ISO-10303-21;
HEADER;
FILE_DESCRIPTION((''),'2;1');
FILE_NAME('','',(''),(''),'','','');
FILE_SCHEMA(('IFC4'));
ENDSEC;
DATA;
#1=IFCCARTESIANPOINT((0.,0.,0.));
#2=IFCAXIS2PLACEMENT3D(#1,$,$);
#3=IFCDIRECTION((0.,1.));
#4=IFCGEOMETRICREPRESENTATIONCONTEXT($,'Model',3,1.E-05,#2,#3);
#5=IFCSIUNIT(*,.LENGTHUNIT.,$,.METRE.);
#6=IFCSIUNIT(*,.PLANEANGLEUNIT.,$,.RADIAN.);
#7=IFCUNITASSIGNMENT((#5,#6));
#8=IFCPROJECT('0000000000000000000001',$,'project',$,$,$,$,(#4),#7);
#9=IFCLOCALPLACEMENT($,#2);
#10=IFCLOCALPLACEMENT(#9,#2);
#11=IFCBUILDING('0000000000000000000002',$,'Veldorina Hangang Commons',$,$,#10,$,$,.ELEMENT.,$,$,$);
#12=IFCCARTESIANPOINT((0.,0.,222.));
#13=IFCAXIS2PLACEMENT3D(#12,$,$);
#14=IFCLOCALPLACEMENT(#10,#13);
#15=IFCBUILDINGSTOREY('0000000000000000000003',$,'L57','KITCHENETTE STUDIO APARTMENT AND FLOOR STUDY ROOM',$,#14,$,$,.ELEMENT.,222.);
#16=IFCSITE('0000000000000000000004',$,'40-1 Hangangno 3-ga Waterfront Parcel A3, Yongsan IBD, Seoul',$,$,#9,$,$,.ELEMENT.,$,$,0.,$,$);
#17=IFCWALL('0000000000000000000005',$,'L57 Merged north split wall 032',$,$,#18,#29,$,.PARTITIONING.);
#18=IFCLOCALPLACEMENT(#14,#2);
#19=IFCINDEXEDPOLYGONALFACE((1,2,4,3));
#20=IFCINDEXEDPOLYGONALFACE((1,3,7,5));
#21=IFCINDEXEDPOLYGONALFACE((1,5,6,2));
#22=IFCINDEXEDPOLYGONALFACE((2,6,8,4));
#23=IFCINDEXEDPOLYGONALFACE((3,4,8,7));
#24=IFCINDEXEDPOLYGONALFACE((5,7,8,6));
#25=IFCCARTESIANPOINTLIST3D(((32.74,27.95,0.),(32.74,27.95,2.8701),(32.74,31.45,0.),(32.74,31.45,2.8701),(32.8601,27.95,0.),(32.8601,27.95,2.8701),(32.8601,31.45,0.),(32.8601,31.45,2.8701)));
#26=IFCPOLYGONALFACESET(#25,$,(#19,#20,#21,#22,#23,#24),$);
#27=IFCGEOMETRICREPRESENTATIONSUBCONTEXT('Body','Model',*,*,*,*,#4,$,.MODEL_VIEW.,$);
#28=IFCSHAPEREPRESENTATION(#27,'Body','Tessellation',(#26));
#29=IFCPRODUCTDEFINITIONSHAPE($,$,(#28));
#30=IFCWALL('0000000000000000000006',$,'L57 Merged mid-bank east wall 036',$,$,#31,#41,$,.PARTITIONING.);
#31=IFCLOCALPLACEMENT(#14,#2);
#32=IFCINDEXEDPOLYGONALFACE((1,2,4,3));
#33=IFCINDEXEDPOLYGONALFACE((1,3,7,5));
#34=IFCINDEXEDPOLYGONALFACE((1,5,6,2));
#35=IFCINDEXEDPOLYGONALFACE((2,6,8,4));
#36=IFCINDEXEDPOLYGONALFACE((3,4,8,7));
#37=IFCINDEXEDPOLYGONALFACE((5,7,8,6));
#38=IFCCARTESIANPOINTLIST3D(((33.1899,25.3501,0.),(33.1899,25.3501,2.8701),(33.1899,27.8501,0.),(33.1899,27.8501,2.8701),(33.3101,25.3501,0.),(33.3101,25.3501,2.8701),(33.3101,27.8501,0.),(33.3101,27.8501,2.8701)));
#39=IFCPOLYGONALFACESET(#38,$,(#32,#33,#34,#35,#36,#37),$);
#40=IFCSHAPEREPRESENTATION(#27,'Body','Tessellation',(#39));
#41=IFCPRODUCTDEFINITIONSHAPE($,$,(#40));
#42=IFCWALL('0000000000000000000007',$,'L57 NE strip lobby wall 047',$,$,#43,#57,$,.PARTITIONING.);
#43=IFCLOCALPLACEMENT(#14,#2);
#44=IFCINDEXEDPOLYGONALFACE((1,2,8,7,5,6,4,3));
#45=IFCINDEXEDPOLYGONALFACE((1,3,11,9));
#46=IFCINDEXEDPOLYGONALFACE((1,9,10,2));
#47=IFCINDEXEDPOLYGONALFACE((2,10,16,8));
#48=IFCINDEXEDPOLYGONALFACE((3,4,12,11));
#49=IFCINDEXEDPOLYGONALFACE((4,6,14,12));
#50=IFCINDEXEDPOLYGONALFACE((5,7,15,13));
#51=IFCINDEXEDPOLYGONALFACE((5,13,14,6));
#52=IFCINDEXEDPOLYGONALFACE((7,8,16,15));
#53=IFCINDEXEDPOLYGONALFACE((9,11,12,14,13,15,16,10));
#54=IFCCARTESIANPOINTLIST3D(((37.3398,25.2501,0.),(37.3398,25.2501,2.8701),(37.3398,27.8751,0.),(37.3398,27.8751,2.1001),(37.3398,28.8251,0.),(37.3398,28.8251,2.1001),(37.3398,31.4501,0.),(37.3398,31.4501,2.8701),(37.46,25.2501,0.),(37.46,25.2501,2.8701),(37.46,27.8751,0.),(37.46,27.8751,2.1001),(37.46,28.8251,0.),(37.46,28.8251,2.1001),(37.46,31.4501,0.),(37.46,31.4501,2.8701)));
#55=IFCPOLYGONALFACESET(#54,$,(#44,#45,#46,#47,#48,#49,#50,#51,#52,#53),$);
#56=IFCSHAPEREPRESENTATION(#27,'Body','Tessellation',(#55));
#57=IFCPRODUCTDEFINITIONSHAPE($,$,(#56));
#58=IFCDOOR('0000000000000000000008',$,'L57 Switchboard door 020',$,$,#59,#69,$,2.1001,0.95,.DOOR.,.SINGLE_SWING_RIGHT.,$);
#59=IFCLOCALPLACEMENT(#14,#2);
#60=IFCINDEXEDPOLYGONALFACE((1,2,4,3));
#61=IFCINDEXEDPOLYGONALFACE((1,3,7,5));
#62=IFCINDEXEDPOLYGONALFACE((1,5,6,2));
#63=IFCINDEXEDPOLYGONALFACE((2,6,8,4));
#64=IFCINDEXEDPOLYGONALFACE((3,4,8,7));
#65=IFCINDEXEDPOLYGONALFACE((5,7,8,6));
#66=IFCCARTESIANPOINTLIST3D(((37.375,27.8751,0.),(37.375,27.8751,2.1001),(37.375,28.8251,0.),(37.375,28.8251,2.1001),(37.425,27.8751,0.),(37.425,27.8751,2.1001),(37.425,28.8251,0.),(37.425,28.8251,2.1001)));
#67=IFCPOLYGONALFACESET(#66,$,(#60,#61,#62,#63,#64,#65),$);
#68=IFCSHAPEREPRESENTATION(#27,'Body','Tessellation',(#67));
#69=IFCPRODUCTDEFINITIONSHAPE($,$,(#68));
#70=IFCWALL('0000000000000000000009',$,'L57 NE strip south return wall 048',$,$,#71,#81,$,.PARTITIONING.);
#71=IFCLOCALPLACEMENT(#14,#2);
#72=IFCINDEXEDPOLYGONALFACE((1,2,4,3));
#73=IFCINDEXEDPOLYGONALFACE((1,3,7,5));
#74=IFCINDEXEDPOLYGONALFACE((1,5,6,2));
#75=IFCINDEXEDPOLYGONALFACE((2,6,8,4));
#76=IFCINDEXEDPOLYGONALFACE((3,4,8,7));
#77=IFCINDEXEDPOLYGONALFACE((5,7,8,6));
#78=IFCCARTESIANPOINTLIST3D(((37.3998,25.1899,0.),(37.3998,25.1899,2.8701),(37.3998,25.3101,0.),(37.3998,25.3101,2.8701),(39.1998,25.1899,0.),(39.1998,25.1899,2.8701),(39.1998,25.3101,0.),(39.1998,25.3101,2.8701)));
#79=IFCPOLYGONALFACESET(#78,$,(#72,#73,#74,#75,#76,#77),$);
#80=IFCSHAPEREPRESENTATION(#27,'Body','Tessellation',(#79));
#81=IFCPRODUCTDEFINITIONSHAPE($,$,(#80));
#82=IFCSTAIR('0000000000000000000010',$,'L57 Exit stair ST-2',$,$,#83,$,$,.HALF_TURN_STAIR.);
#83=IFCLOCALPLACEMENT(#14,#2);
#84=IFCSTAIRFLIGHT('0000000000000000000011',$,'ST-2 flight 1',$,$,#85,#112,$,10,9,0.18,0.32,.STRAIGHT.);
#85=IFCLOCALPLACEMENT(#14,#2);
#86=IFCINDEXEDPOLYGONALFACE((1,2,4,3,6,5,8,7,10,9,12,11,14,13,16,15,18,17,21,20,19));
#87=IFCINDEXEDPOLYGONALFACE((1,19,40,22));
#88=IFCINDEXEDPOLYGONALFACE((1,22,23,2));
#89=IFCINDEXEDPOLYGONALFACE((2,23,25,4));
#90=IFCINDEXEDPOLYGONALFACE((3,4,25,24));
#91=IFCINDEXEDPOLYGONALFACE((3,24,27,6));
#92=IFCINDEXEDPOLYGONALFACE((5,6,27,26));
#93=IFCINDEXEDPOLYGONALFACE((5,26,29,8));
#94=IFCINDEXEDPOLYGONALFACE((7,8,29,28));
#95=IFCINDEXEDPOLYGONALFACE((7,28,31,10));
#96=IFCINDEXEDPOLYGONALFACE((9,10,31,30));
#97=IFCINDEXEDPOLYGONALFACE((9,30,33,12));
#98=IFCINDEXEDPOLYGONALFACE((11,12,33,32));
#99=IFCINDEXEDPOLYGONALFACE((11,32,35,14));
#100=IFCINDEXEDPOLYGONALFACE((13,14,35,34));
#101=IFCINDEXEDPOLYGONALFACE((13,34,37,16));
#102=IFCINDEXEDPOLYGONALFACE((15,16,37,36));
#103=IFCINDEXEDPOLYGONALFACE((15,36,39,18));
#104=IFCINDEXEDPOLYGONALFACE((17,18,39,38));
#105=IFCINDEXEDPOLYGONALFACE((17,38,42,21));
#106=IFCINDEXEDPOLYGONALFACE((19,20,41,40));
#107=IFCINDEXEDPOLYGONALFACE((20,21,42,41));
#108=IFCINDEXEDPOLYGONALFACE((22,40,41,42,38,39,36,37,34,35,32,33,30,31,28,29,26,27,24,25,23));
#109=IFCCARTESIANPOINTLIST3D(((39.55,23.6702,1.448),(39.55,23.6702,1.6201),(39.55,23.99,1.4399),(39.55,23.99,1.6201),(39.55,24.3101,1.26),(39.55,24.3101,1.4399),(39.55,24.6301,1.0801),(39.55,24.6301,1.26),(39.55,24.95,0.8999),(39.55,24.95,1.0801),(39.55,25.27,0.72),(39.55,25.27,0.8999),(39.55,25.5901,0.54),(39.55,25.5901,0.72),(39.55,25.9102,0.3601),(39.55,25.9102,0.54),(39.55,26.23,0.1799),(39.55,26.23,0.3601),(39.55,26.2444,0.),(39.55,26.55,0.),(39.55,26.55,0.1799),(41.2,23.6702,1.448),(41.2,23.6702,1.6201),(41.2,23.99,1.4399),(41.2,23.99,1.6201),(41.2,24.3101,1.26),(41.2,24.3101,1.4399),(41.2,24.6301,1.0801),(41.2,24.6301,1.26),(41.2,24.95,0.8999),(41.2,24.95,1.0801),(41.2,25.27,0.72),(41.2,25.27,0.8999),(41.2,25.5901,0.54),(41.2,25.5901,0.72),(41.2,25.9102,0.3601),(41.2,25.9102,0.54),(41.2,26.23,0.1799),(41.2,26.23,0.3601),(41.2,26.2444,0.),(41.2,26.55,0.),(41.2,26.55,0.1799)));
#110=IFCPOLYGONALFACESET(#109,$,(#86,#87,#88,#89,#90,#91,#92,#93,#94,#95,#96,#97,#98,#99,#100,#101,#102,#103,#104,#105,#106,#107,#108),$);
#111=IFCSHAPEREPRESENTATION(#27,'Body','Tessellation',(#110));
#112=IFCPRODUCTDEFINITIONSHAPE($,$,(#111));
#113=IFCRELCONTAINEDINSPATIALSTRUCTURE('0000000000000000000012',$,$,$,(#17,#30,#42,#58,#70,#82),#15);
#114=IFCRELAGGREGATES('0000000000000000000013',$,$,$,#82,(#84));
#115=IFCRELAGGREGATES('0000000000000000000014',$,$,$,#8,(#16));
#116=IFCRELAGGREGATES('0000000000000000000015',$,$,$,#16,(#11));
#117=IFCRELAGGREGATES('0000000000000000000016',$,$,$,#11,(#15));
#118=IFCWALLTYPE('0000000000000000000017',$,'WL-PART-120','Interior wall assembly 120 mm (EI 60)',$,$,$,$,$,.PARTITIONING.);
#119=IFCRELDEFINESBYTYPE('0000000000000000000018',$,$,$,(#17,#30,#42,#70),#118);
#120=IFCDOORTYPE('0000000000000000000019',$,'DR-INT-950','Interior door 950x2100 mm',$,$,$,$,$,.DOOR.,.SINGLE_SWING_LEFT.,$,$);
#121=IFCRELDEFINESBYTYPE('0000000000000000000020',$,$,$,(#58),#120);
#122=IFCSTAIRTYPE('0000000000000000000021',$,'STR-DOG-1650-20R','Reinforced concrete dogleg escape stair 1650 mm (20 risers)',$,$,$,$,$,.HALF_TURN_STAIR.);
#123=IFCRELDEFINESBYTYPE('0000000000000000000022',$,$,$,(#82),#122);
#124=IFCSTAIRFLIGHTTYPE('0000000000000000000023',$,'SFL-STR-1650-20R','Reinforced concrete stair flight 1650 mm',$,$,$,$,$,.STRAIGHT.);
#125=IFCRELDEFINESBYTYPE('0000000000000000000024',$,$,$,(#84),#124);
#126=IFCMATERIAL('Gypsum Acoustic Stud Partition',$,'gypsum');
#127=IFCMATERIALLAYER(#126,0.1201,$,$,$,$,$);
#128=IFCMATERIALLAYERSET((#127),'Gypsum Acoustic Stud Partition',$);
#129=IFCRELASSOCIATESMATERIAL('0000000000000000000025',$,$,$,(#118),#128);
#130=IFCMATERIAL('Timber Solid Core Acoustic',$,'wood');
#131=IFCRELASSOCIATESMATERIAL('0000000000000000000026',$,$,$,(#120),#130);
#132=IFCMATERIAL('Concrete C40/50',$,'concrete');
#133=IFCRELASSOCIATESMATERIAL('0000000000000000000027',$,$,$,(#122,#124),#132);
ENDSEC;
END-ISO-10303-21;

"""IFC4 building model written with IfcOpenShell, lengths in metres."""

from ifc_helpers import new_model, si_unit, direction, frame, frame_2d, origin, place, context, subcontext, project, spatial, polyline, rectangle, outline, extrude, material, layer, layer_set, type_object, element, fill, aggregate, save


model = new_model("IFC4")

# Units and contexts
model_context = context("Model", 3, precision=1e-05, world=origin(), true_north=direction((0.0, 1.0)))
body_context = subcontext(model_context, "Body", "Model", "MODEL_VIEW")
ifc_project = project(units=[si_unit("LENGTHUNIT", "METRE"), si_unit("PLANEANGLEUNIT", "RADIAN")], contexts=[model_context])

# Site, building, storey
site_placement = place(None, origin())
site = spatial("IfcSite", under=ifc_project, at=site_placement, Name="40-1 Hangangno 3-ga Waterfront Parcel A3, Yongsan IBD, Seoul", CompositionType="ELEMENT", RefElevation=0.0)
building_placement = place(site_placement, origin())
building = spatial("IfcBuilding", under=site, at=building_placement, Name="Veldorina Hangang Commons", CompositionType="ELEMENT")
storey_placement = place(building_placement, frame((0.0, 0.0, 222.0)))
storey = spatial("IfcBuildingStorey", under=building, at=storey_placement, Name="L57", Description="KITCHENETTE STUDIO APARTMENT AND FLOOR STUDY ROOM", CompositionType="ELEMENT", Elevation=222.0)

# Shared definitions
ifc_material_1 = material(Name="Gypsum Acoustic Stud Partition", Category="gypsum")
ifc_layer_1 = layer(ifc_material_1, 0.1201)
ifc_layer_set_1 = layer_set([ifc_layer_1], Name="Gypsum Acoustic Stud Partition")
wall_type_1 = type_object("IfcWallType", Name="WL-PART-120", Description="Interior wall assembly 120 mm (EI 60)", PredefinedType="PARTITIONING", material=ifc_layer_set_1)
ifc_material_2 = material(Name="Timber Solid Core Acoustic", Category="wood")
door_type_1 = type_object("IfcDoorType", Name="DR-INT-950", Description="Interior door 950x2100 mm", OperationType="SINGLE_SWING_LEFT", PredefinedType="DOOR", material=ifc_material_2)

# Walls
wall_1_placement = place(storey_placement, frame((32.8, 27.95, 0.0), z_axis=(0.0, 0.0, 1.0), x_axis=(0.0, 1.0, 0.0)))
element("IfcWall", 1, at=wall_1_placement, inside=storey, type_object=wall_type_1, Name="L57 Merged north split wall 032", PredefinedType="PARTITIONING", context=body_context, shape_type="SweptSolid", body=[
    extrude(rectangle(XDim=3.5, YDim=0.1201, at=frame_2d((1.75, 0.0))), origin(), (0.0, 0.0, 1.0), 2.8701),
])
wall_2_placement = place(storey_placement, frame((33.25, 25.3501, 0.0), z_axis=(0.0, 0.0, 1.0), x_axis=(0.0, 1.0, 0.0)))
element("IfcWall", 2, at=wall_2_placement, inside=storey, type_object=wall_type_1, Name="L57 Merged mid-bank east wall 036", PredefinedType="PARTITIONING", context=body_context, shape_type="SweptSolid", body=[
    extrude(rectangle(XDim=2.5, YDim=0.1201, at=frame_2d((1.25, 0.0))), origin(), (0.0, 0.0, 1.0), 2.8701),
])

# Wall, opening, door
wall_3_placement = place(storey_placement, frame((37.3999, 25.25, 0.0), z_axis=(0.0, 0.0, 1.0), x_axis=(0.0, 1.0, 0.0)))
wall_3 = element("IfcWall", 3, at=wall_3_placement, inside=storey, type_object=wall_type_1, Name="L57 NE strip lobby wall 047", PredefinedType="PARTITIONING", context=body_context, shape_type="SweptSolid", body=[
    extrude(rectangle(XDim=6.2, YDim=0.1201, at=frame_2d((3.1001, 0.0))), origin(), (0.0, 0.0, 1.0), 2.8701),
])
opening_1_placement = place(wall_3_placement, frame((2.625, 0.0, 0.0)))
opening_1 = element("IfcOpeningElement", 4, at=opening_1_placement, cuts=wall_3, PredefinedType="OPENING", context=body_context, shape_type="SweptSolid", body=[
    extrude(rectangle(XDim=0.95, YDim=2.1001, at=frame_2d((0.4751, 1.05))), frame((0.0, 0.0701, 0.0), z_axis=(0.0, -1.0, 0.0), x_axis=(1.0, 0.0, 0.0)), (0.0, 0.0, 1.0), 0.1401),
])
door_1_placement = place(opening_1_placement, origin())
door_1 = element("IfcDoor", 5, at=door_1_placement, inside=storey, type_object=door_type_1, Name="L57 Switchboard door 020", OperationType="SINGLE_SWING_RIGHT", OverallHeight=2.1001, OverallWidth=0.95, PredefinedType="DOOR", context=body_context, shape_type="SweptSolid", body=[
    extrude(rectangle(XDim=0.95, YDim=2.1001, at=frame_2d((0.4751, 1.05))), frame((0.0, 0.0249, 0.0), z_axis=(0.0, -1.0, 0.0), x_axis=(1.0, 0.0, 0.0)), (0.0, 0.0, 1.0), 0.05),
])
fill(opening_1, door_1)

# Wall
wall_4_placement = place(storey_placement, frame((37.3999, 25.25, 0.0), z_axis=(0.0, 0.0, 1.0), x_axis=(1.0, 0.0, 0.0)))
element("IfcWall", 6, at=wall_4_placement, inside=storey, type_object=wall_type_1, Name="L57 NE strip south return wall 048", PredefinedType="PARTITIONING", context=body_context, shape_type="SweptSolid", body=[
    extrude(rectangle(XDim=1.8, YDim=0.1201, at=frame_2d((0.8999, 0.0))), origin(), (0.0, 0.0, 1.0), 2.8701),
])

# Stair, stair flight
ifc_material_3 = material(Name="Concrete C40/50", Category="concrete")
stair_type = type_object("IfcStairType", Name="STR-DOG-1650-20R", Description="Reinforced concrete dogleg escape stair 1650 mm (20 risers)", PredefinedType="HALF_TURN_STAIR", material=ifc_material_3)
stair_placement = place(storey_placement, origin())
stair = element("IfcStair", 7, at=stair_placement, inside=storey, type_object=stair_type, Name="L57 Exit stair ST-2", PredefinedType="HALF_TURN_STAIR")
stair_flight_type = type_object("IfcStairFlightType", Name="SFL-STR-1650-20R", Description="Reinforced concrete stair flight 1650 mm", PredefinedType="STRAIGHT", material=ifc_material_3)
stair_flight_placement = place(storey_placement, frame((40.375, 26.55, 0.0), z_axis=(0.0, 0.0, 1.0), x_axis=(0.0, -1.0, 0.0)))
stair_flight = element("IfcStairFlight", 8, at=stair_flight_placement, type_object=stair_flight_type, Name="ST-2 flight 1", NumberOfRisers=10, NumberOfTreads=9, PredefinedType="STRAIGHT", RiserHeight=0.18, TreadLength=0.32, context=body_context, shape_type="SweptSolid", body=[
    extrude(outline(polyline([(0.0, 0.0), (0.0, 0.1799), (0.3201, 0.1799), (0.3201, 0.3601), (0.6399, 0.3601), (0.6399, 0.54), (0.96, 0.54), (0.96, 0.72), (1.28, 0.72), (1.28, 0.8999), (1.6001, 0.8999), (1.6001, 1.0801), (1.9199, 1.0801), (1.9199, 1.26), (2.24, 1.26), (2.24, 1.4399), (2.5601, 1.4399), (2.5601, 1.6201), (2.8799, 1.6201), (2.8799, 1.8), (2.8799, 1.448), (0.3057, 0.0), (0.0, 0.0)])), frame((0.0, 0.825, 0.0), z_axis=(0.0, -1.0, 0.0), x_axis=(1.0, 0.0, 0.0)), (0.0, 0.0, 1.0), 1.6499),
])
aggregate(stair, [stair_flight])

save(model, "model.ifc")
